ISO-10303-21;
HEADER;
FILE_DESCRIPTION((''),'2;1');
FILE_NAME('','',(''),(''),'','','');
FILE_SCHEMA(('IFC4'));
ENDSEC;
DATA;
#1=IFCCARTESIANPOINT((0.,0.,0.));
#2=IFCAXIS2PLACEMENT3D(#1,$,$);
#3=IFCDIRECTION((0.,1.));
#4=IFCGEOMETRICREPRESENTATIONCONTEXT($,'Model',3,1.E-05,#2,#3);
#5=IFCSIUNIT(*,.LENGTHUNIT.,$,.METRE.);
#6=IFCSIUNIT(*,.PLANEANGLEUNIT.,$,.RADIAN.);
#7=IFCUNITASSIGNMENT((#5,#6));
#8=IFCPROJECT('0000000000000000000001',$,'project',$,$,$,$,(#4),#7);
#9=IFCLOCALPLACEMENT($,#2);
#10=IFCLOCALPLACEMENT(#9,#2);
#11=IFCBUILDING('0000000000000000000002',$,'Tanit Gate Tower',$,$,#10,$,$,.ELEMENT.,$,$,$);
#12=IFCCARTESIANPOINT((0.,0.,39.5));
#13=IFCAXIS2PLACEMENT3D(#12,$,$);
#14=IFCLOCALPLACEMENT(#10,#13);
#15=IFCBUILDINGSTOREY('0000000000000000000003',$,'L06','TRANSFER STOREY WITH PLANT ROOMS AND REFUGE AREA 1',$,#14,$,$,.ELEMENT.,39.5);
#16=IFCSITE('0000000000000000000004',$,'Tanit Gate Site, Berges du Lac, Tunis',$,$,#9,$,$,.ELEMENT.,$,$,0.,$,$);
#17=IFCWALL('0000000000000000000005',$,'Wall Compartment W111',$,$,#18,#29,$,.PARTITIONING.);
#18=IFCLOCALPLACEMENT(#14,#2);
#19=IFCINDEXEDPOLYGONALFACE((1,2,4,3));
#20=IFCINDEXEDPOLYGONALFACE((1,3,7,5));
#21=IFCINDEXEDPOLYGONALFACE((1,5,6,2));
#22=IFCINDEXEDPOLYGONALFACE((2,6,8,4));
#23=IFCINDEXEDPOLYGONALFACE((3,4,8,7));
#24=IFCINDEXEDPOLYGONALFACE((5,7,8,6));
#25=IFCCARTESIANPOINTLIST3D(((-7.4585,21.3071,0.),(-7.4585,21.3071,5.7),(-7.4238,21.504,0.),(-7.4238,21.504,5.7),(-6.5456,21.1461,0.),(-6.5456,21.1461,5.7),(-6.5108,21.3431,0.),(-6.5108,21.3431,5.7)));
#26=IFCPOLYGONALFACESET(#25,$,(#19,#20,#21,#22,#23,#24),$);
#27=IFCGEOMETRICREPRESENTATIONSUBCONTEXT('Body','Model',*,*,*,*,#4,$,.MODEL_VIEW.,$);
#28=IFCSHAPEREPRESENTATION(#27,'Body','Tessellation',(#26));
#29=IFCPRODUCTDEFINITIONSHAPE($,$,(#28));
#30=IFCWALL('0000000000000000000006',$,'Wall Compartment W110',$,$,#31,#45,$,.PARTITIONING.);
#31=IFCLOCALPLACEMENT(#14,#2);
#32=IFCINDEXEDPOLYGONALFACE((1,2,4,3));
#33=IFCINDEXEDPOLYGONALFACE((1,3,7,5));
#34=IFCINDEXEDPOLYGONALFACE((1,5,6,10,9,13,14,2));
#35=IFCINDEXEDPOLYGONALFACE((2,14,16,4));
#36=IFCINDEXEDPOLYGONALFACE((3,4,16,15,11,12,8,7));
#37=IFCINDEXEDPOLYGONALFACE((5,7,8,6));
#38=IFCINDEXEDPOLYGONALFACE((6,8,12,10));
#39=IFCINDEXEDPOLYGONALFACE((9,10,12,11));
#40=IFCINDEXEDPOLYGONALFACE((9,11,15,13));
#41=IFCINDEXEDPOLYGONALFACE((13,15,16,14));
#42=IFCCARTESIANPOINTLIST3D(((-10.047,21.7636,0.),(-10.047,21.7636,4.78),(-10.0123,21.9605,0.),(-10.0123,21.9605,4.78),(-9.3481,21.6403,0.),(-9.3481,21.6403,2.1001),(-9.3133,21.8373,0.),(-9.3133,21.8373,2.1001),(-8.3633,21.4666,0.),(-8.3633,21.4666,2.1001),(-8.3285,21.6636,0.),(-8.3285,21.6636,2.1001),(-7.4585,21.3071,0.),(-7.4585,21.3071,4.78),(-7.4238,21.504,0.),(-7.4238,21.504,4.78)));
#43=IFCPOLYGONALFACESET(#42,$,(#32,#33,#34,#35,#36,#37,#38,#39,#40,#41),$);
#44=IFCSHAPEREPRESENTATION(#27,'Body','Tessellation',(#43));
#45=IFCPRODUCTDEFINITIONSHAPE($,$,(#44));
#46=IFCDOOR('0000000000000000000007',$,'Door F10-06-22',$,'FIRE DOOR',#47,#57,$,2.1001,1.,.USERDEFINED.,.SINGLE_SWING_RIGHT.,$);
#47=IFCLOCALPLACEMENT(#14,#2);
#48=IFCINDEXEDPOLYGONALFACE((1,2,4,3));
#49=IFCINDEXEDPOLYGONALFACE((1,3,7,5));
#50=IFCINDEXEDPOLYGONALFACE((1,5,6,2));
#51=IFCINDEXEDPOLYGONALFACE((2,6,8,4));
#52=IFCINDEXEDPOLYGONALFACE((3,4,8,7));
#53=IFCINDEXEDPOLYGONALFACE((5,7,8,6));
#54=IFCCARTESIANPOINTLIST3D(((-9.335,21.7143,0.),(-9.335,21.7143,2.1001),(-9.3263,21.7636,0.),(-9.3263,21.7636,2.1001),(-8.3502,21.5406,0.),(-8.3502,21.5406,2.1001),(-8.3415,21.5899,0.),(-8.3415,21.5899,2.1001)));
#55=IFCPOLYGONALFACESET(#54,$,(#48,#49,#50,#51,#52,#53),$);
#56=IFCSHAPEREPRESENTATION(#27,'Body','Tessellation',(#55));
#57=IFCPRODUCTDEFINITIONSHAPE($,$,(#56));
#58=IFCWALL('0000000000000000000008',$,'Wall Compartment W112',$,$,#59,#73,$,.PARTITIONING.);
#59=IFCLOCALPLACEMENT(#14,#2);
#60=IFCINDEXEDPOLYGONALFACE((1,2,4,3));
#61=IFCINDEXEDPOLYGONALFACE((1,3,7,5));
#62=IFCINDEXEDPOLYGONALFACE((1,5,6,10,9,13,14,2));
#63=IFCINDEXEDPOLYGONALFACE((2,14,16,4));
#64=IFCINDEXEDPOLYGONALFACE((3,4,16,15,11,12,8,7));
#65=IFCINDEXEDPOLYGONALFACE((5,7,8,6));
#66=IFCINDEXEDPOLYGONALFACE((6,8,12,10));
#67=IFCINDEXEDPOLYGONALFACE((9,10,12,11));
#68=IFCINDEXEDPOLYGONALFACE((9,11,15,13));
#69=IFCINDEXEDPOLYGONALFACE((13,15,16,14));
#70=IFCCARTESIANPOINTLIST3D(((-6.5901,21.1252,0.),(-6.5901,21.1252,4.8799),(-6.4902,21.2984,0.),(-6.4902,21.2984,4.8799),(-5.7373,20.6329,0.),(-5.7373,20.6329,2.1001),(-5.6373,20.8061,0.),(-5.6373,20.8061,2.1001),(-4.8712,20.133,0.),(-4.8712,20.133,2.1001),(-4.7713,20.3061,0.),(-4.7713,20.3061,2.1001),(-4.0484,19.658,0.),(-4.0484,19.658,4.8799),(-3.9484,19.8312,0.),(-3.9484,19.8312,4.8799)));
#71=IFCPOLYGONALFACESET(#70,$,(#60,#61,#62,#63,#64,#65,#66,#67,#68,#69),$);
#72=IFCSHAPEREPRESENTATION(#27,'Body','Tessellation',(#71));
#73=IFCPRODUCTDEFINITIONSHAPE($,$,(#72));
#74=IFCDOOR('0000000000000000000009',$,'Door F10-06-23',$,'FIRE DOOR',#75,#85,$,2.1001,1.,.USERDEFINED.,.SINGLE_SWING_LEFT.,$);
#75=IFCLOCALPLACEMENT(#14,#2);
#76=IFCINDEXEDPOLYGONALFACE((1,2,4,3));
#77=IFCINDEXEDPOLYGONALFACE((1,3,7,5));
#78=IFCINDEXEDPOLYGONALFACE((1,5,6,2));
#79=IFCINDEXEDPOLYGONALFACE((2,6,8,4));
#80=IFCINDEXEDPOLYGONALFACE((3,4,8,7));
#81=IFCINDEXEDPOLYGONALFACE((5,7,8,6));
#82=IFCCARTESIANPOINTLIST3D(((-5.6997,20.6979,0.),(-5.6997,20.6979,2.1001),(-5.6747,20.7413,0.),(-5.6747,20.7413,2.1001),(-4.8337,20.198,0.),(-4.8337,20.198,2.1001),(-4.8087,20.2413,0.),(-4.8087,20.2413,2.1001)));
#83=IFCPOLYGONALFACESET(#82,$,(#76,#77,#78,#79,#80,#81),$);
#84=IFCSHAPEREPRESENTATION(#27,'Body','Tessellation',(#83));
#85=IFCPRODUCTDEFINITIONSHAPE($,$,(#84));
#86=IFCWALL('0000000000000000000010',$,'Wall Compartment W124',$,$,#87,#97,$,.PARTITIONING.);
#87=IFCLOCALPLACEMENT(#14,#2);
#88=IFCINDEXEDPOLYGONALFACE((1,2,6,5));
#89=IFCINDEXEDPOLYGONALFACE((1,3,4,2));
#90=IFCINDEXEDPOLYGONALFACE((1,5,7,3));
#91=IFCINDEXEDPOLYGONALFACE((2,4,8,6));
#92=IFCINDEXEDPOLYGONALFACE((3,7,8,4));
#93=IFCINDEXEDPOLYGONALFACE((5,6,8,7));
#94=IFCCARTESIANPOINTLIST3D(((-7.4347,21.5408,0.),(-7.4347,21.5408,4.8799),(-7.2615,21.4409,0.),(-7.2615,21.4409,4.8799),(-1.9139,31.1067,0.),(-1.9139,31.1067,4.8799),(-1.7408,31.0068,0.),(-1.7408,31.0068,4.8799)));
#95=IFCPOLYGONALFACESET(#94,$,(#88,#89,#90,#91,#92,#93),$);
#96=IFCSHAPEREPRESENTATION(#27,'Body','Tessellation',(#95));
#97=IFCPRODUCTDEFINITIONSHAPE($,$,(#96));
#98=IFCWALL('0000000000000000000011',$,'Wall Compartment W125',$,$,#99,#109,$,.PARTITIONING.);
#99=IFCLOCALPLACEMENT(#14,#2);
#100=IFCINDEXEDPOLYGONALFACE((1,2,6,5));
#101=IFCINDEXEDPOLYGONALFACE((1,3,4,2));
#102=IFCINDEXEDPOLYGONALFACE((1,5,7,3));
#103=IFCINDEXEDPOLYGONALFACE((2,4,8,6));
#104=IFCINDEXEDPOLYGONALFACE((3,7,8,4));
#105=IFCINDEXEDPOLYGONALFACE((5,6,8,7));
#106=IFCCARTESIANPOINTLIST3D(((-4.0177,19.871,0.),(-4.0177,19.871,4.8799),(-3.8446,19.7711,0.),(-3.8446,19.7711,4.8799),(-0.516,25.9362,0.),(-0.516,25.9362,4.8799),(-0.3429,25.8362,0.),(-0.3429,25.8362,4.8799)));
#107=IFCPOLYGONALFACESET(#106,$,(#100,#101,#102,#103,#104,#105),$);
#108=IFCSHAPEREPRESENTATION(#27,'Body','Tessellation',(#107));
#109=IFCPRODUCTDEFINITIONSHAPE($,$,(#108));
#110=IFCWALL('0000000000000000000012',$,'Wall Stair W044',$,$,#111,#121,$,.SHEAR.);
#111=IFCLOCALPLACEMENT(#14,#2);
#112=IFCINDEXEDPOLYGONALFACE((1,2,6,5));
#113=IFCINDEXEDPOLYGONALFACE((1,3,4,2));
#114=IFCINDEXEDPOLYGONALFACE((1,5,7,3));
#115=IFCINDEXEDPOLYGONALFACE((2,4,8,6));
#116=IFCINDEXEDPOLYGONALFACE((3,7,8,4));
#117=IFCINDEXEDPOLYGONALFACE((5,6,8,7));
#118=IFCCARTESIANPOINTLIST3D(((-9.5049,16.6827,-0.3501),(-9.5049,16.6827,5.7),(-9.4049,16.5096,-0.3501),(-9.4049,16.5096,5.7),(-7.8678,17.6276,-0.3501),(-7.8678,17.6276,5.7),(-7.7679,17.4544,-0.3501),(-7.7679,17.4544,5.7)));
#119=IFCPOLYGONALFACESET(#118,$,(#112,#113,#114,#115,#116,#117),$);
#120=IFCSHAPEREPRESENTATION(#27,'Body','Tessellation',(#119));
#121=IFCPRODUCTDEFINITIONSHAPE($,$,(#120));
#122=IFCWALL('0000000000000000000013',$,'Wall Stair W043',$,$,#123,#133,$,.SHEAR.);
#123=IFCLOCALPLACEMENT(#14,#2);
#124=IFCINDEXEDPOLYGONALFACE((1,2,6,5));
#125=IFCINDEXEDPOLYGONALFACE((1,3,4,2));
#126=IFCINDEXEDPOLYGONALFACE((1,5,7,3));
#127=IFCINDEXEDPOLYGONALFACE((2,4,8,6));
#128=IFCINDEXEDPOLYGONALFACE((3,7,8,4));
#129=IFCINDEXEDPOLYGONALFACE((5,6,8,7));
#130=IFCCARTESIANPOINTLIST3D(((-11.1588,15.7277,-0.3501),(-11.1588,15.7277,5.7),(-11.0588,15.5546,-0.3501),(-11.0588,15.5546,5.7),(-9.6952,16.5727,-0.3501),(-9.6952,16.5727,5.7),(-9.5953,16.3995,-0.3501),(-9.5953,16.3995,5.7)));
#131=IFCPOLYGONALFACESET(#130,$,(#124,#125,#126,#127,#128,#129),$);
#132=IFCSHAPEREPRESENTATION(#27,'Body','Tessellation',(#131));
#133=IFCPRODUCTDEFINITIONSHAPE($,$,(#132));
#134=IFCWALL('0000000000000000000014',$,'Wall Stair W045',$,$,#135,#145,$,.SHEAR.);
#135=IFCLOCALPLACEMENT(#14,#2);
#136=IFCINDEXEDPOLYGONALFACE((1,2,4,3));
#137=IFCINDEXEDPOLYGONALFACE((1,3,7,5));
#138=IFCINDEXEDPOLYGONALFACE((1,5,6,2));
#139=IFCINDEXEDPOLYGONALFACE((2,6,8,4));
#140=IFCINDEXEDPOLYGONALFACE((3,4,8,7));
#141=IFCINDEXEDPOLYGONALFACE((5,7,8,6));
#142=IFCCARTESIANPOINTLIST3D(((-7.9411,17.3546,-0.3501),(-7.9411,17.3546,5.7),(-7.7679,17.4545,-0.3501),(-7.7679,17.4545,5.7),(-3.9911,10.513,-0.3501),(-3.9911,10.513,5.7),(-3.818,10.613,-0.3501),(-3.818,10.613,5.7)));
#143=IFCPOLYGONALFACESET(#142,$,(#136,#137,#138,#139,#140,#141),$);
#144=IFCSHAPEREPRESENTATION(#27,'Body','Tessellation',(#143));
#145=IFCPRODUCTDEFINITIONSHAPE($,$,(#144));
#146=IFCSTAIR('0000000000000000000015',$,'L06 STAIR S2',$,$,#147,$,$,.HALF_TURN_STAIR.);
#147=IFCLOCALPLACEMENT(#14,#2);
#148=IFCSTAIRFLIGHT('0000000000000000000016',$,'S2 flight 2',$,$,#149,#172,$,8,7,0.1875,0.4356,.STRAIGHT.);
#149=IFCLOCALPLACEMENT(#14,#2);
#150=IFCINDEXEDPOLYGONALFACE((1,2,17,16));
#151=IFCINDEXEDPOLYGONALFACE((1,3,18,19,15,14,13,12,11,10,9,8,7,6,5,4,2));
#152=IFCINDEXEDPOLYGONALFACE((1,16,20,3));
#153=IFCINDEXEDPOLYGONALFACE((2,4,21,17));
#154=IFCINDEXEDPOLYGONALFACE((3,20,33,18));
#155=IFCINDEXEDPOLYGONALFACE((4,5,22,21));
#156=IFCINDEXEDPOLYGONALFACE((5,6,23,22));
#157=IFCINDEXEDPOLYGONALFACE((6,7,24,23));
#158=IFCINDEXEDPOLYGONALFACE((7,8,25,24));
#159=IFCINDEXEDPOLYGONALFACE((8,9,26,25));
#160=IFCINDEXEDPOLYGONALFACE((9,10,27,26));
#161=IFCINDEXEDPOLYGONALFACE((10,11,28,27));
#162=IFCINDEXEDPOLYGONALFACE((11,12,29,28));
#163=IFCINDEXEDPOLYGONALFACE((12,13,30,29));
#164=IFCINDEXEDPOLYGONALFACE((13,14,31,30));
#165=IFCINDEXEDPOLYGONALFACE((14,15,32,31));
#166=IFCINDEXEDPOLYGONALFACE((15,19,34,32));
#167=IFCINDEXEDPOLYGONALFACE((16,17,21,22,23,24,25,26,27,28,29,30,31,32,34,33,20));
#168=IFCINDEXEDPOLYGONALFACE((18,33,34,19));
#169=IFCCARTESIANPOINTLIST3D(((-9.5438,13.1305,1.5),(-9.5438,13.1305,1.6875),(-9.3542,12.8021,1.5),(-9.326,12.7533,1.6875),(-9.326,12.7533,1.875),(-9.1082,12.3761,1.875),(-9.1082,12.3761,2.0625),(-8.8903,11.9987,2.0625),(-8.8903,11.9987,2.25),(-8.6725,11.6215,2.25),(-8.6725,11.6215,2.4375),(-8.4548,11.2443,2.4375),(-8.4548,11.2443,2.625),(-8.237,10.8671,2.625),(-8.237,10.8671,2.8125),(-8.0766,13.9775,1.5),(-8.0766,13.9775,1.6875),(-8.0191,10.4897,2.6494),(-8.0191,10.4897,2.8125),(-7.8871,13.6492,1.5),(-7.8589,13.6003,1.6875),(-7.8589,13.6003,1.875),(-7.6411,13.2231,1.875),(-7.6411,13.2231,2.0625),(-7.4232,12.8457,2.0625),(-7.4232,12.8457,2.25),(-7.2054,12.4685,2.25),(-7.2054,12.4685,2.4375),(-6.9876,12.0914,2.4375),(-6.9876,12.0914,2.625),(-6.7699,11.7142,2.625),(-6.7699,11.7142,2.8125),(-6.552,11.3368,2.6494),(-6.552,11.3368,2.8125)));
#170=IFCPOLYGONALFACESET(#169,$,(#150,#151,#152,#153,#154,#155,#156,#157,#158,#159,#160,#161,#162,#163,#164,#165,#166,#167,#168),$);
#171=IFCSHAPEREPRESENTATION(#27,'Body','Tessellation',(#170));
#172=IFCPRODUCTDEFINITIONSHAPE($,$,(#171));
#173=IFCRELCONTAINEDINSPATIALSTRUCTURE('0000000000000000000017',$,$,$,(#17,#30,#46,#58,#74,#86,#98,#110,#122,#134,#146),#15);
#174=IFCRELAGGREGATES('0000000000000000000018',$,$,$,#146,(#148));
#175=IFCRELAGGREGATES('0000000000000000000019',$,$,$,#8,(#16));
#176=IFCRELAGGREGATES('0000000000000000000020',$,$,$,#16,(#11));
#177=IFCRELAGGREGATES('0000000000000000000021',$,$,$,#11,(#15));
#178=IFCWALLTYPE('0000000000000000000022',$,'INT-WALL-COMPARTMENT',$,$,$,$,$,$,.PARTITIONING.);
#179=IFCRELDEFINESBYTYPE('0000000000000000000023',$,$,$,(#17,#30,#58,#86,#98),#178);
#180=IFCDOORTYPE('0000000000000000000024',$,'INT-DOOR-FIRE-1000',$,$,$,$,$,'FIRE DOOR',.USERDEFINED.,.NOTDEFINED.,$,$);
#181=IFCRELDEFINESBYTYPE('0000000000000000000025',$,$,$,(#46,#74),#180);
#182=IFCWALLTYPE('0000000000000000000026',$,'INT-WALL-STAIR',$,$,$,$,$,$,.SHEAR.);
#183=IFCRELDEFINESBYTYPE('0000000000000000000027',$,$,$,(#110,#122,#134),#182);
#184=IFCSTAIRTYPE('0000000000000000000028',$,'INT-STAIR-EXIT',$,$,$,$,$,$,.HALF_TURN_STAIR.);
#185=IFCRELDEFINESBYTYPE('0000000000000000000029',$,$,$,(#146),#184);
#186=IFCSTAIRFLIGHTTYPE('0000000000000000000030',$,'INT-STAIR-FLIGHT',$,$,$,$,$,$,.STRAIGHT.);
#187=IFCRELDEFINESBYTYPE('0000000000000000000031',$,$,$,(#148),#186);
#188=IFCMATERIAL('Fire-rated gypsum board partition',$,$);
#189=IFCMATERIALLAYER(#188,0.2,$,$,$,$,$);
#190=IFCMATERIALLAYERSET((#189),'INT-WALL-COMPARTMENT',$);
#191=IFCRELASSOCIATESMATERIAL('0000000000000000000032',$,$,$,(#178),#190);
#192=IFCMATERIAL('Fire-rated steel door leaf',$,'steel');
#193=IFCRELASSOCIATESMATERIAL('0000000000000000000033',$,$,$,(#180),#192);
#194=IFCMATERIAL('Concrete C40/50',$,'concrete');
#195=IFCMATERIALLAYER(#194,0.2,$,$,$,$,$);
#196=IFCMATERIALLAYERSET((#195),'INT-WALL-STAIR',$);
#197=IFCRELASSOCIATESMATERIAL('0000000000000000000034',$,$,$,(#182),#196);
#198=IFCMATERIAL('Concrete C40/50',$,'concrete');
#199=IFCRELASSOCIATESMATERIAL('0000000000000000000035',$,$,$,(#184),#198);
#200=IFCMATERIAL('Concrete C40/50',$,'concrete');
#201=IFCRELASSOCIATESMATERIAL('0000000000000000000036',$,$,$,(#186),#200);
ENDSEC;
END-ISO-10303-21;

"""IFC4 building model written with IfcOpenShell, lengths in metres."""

from ifc_helpers import new_model, si_unit, direction, frame, frame_2d, origin, place, context, subcontext, project, spatial, polyline, rectangle, outline, extrude, material, layer, layer_set, type_object, element, fill, aggregate, save


model = new_model("IFC4")

# Units and contexts
model_context = context("Model", 3, precision=1e-05, world=origin(), true_north=direction((0.0, 1.0)))
body_context = subcontext(model_context, "Body", "Model", "MODEL_VIEW")
ifc_project = project(units=[si_unit("LENGTHUNIT", "METRE"), si_unit("PLANEANGLEUNIT", "RADIAN")], contexts=[model_context])

# Site, building, storey
site_placement = place(None, origin())
site = spatial("IfcSite", under=ifc_project, at=site_placement, Name="Tanit Gate Site, Berges du Lac, Tunis", CompositionType="ELEMENT", RefElevation=0.0)
building_placement = place(site_placement, origin())
building = spatial("IfcBuilding", under=site, at=building_placement, Name="Tanit Gate Tower", CompositionType="ELEMENT")
storey_placement = place(building_placement, frame((0.0, 0.0, 39.5)))
storey = spatial("IfcBuildingStorey", under=building, at=storey_placement, Name="L06", Description="TRANSFER STOREY WITH PLANT ROOMS AND REFUGE AREA 1", CompositionType="ELEMENT", Elevation=39.5)

# Wall
ifc_material_1 = material(Name="Fire-rated gypsum board partition")
ifc_layer_1 = layer(ifc_material_1, 0.2)
ifc_layer_set_1 = layer_set([ifc_layer_1], Name="INT-WALL-COMPARTMENT")
wall_type_1 = type_object("IfcWallType", Name="INT-WALL-COMPARTMENT", PredefinedType="PARTITIONING", material=ifc_layer_set_1)
wall_1_placement = place(storey_placement, frame((-6.5283, 21.2446, 0.0), z_axis=(0.0, 0.0, 1.0), x_axis=(-0.984821, 0.173575, 0.0)))
element("IfcWall", 1, at=wall_1_placement, inside=storey, type_object=wall_type_1, Name="Wall Compartment W111", PredefinedType="PARTITIONING", context=body_context, shape_type="SweptSolid", body=[
    extrude(rectangle(XDim=0.927, YDim=0.2, at=frame_2d((0.4634, 0.0))), origin(), (0.0, 0.0, 1.0), 5.7),
])

# Walls, openings, doors
wall_2_placement = place(storey_placement, frame((-7.4412, 21.4055, 0.0), z_axis=(0.0, 0.0, 1.0), x_axis=(-0.984799, 0.173701, 0.0)))
wall_2 = element("IfcWall", 2, at=wall_2_placement, inside=storey, type_object=wall_type_1, Name="Wall Compartment W110", PredefinedType="PARTITIONING", context=body_context, shape_type="SweptSolid", body=[
    extrude(rectangle(XDim=2.6284, YDim=0.2, at=frame_2d((1.3142, 0.0))), origin(), (0.0, 0.0, 1.0), 4.78),
])
opening_1_placement = place(wall_2_placement, frame((0.9187, 0.0, 0.0)))
opening_1 = element("IfcOpeningElement", 3, at=opening_1_placement, cuts=wall_2, PredefinedType="OPENING", context=body_context, shape_type="SweptSolid", body=[
    extrude(rectangle(XDim=1.0, YDim=2.1001, at=frame_2d((0.5, 1.05))), frame((0.0, 0.1099, 0.0), z_axis=(0.0, -1.0, 0.0), x_axis=(1.0, 0.0, 0.0)), (0.0, 0.0, 1.0), 0.22),
])
ifc_material_2 = material(Name="Fire-rated steel door leaf", Category="steel")
door_type = type_object("IfcDoorType", Name="INT-DOOR-FIRE-1000", ElementType="FIRE DOOR", OperationType="NOTDEFINED", PredefinedType="USERDEFINED", material=ifc_material_2)
door_1_placement = place(opening_1_placement, origin())
door_1 = element("IfcDoor", 4, at=door_1_placement, inside=storey, type_object=door_type, Name="Door F10-06-22", ObjectType="FIRE DOOR", OperationType="SINGLE_SWING_RIGHT", OverallHeight=2.1001, OverallWidth=1.0, PredefinedType="USERDEFINED", context=body_context, shape_type="SweptSolid", body=[
    extrude(rectangle(XDim=1.0, YDim=2.1001, at=frame_2d((0.5, 1.05))), frame((0.0, 0.0249, 0.0), z_axis=(0.0, -1.0, 0.0), x_axis=(1.0, 0.0, 0.0)), (0.0, 0.0, 1.0), 0.05),
])
fill(opening_1, door_1)
wall_3_placement = place(storey_placement, frame((-3.9985, 19.7446, 0.0), z_axis=(0.0, 0.0, 1.0), x_axis=(-0.866054, 0.49995, 0.0)))
wall_3 = element("IfcWall", 5, at=wall_3_placement, inside=storey, type_object=wall_type_1, Name="Wall Compartment W112", PredefinedType="PARTITIONING", context=body_context, shape_type="SweptSolid", body=[
    extrude(rectangle(XDim=2.9348, YDim=0.2, at=frame_2d((1.4673, 0.0))), origin(), (0.0, 0.0, 1.0), 4.8799),
])
opening_2_placement = place(wall_3_placement, frame((0.95, 0.0, 0.0)))
opening_2 = element("IfcOpeningElement", 6, at=opening_2_placement, cuts=wall_3, PredefinedType="OPENING", context=body_context, shape_type="SweptSolid", body=[
    extrude(rectangle(XDim=1.0, YDim=2.1001, at=frame_2d((0.5, 1.05))), frame((0.0, 0.1099, 0.0), z_axis=(0.0, -1.0, 0.0), x_axis=(1.0, 0.0, 0.0)), (0.0, 0.0, 1.0), 0.22),
])
door_2_placement = place(opening_2_placement, origin())
door_2 = element("IfcDoor", 7, at=door_2_placement, inside=storey, type_object=door_type, Name="Door F10-06-23", ObjectType="FIRE DOOR", OperationType="SINGLE_SWING_LEFT", OverallHeight=2.1001, OverallWidth=1.0, PredefinedType="USERDEFINED", context=body_context, shape_type="SweptSolid", body=[
    extrude(rectangle(XDim=1.0, YDim=2.1001, at=frame_2d((0.5, 1.05))), frame((0.0, 0.0249, 0.0), z_axis=(0.0, -1.0, 0.0), x_axis=(1.0, 0.0, 0.0)), (0.0, 0.0, 1.0), 0.05),
])
fill(opening_2, door_2)

# Walls
wall_4_placement = place(storey_placement, frame((-7.3481, 21.4907, 0.0), z_axis=(0.0, 0.0, 1.0), x_axis=(0.499855, 0.866109, 0.0)))
element("IfcWall", 8, at=wall_4_placement, inside=storey, type_object=wall_type_1, Name="Wall Compartment W124", PredefinedType="PARTITIONING", context=body_context, shape_type="SweptSolid", body=[
    extrude(rectangle(XDim=11.0447, YDim=0.2, at=frame_2d((5.5225, 0.0))), origin(), (0.0, 0.0, 1.0), 4.8799),
])
wall_5_placement = place(storey_placement, frame((-3.9312, 19.821, 0.0), z_axis=(0.0, 0.0, 1.0), x_axis=(0.499997, 0.866027, 0.0)))
element("IfcWall", 9, at=wall_5_placement, inside=storey, type_object=wall_type_1, Name="Wall Compartment W125", PredefinedType="PARTITIONING", context=body_context, shape_type="SweptSolid", body=[
    extrude(rectangle(XDim=7.0034, YDim=0.2, at=frame_2d((3.5017, 0.0))), origin(), (0.0, 0.0, 1.0), 4.8799),
])
ifc_material_3 = material(Name="Concrete C40/50", Category="concrete")
ifc_layer_2 = layer(ifc_material_3, 0.2)
ifc_layer_set_2 = layer_set([ifc_layer_2], Name="INT-WALL-STAIR")
wall_type_2 = type_object("IfcWallType", Name="INT-WALL-STAIR", PredefinedType="SHEAR", material=ifc_layer_set_2)
wall_6_placement = place(storey_placement, frame((-7.8179, 17.541, -0.3501), z_axis=(0.0, 0.0, 1.0), x_axis=(-0.866089, -0.49989, 0.0)))
element("IfcWall", 10, at=wall_6_placement, inside=storey, type_object=wall_type_2, Name="Wall Stair W044", PredefinedType="SHEAR", context=body_context, shape_type="SweptSolid", body=[
    extrude(rectangle(XDim=1.8901, YDim=0.2, at=frame_2d((0.9451, 0.0))), origin(), (0.0, 0.0, 1.0), 6.05),
])
wall_7_placement = place(storey_placement, frame((-9.6453, 16.4861, -0.3501), z_axis=(0.0, 0.0, 1.0), x_axis=(-0.866039, -0.499977, 0.0)))
element("IfcWall", 11, at=wall_7_placement, inside=storey, type_object=wall_type_2, Name="Wall Stair W043", PredefinedType="SHEAR", context=body_context, shape_type="SweptSolid", body=[
    extrude(rectangle(XDim=1.6899, YDim=0.2, at=frame_2d((0.845, 0.0))), origin(), (0.0, 0.0, 1.0), 6.05),
])
wall_8_placement = place(storey_placement, frame((-7.8545, 17.4045, -0.3501), z_axis=(0.0, 0.0, 1.0), x_axis=(0.499998, -0.866027, 0.0)))
element("IfcWall", 12, at=wall_8_placement, inside=storey, type_object=wall_type_2, Name="Wall Stair W045", PredefinedType="SHEAR", context=body_context, shape_type="SweptSolid", body=[
    extrude(rectangle(XDim=7.8999, YDim=0.2, at=frame_2d((3.95, 0.0))), origin(), (0.0, 0.0, 1.0), 6.05),
])

# Stair, stair flight
ifc_material_4 = material(Name="Concrete C40/50", Category="concrete")
stair_type = type_object("IfcStairType", Name="INT-STAIR-EXIT", PredefinedType="HALF_TURN_STAIR", material=ifc_material_4)
stair_placement = place(storey_placement, origin())
stair = element("IfcStair", 13, at=stair_placement, inside=storey, type_object=stair_type, Name="L06 STAIR S2", PredefinedType="HALF_TURN_STAIR")
ifc_material_5 = material(Name="Concrete C40/50", Category="concrete")
stair_flight_type = type_object("IfcStairFlightType", Name="INT-STAIR-FLIGHT", PredefinedType="STRAIGHT", material=ifc_material_5)
stair_flight_1_placement = place(storey_placement, frame((-8.8103, 13.554, 1.5), z_axis=(0.0, 0.0, 1.0), x_axis=(0.5, -0.866025, 0.0)))
stair_flight_1 = element("IfcStairFlight", 14, at=stair_flight_1_placement, type_object=stair_flight_type, Name="S2 flight 2", NumberOfRisers=8, NumberOfTreads=7, PredefinedType="STRAIGHT", RiserHeight=0.1875, TreadLength=0.4356, context=body_context, shape_type="SweptSolid", body=[
    extrude(outline(polyline([(0.0, 0.0), (0.0, 0.1875), (0.4355, 0.1875), (0.4355, 0.375), (0.8711, 0.375), (0.8711, 0.5625), (1.3069, 0.5625), (1.3069, 0.75), (1.7424, 0.75), (1.7424, 0.9375), (2.178, 0.9375), (2.178, 1.125), (2.6135, 1.125), (2.6135, 1.3125), (3.0493, 1.3125), (3.0493, 1.5), (3.0493, 1.1494), (0.3792, 0.0), (0.0, 0.0)])), frame((0.0, 0.8472, 0.0), z_axis=(0.0, -1.0, 0.0), x_axis=(1.0, 0.0, 0.0)), (0.0, 0.0, 1.0), 1.6941),
])
aggregate(stair, [stair_flight_1])

save(model, "model.ifc")
